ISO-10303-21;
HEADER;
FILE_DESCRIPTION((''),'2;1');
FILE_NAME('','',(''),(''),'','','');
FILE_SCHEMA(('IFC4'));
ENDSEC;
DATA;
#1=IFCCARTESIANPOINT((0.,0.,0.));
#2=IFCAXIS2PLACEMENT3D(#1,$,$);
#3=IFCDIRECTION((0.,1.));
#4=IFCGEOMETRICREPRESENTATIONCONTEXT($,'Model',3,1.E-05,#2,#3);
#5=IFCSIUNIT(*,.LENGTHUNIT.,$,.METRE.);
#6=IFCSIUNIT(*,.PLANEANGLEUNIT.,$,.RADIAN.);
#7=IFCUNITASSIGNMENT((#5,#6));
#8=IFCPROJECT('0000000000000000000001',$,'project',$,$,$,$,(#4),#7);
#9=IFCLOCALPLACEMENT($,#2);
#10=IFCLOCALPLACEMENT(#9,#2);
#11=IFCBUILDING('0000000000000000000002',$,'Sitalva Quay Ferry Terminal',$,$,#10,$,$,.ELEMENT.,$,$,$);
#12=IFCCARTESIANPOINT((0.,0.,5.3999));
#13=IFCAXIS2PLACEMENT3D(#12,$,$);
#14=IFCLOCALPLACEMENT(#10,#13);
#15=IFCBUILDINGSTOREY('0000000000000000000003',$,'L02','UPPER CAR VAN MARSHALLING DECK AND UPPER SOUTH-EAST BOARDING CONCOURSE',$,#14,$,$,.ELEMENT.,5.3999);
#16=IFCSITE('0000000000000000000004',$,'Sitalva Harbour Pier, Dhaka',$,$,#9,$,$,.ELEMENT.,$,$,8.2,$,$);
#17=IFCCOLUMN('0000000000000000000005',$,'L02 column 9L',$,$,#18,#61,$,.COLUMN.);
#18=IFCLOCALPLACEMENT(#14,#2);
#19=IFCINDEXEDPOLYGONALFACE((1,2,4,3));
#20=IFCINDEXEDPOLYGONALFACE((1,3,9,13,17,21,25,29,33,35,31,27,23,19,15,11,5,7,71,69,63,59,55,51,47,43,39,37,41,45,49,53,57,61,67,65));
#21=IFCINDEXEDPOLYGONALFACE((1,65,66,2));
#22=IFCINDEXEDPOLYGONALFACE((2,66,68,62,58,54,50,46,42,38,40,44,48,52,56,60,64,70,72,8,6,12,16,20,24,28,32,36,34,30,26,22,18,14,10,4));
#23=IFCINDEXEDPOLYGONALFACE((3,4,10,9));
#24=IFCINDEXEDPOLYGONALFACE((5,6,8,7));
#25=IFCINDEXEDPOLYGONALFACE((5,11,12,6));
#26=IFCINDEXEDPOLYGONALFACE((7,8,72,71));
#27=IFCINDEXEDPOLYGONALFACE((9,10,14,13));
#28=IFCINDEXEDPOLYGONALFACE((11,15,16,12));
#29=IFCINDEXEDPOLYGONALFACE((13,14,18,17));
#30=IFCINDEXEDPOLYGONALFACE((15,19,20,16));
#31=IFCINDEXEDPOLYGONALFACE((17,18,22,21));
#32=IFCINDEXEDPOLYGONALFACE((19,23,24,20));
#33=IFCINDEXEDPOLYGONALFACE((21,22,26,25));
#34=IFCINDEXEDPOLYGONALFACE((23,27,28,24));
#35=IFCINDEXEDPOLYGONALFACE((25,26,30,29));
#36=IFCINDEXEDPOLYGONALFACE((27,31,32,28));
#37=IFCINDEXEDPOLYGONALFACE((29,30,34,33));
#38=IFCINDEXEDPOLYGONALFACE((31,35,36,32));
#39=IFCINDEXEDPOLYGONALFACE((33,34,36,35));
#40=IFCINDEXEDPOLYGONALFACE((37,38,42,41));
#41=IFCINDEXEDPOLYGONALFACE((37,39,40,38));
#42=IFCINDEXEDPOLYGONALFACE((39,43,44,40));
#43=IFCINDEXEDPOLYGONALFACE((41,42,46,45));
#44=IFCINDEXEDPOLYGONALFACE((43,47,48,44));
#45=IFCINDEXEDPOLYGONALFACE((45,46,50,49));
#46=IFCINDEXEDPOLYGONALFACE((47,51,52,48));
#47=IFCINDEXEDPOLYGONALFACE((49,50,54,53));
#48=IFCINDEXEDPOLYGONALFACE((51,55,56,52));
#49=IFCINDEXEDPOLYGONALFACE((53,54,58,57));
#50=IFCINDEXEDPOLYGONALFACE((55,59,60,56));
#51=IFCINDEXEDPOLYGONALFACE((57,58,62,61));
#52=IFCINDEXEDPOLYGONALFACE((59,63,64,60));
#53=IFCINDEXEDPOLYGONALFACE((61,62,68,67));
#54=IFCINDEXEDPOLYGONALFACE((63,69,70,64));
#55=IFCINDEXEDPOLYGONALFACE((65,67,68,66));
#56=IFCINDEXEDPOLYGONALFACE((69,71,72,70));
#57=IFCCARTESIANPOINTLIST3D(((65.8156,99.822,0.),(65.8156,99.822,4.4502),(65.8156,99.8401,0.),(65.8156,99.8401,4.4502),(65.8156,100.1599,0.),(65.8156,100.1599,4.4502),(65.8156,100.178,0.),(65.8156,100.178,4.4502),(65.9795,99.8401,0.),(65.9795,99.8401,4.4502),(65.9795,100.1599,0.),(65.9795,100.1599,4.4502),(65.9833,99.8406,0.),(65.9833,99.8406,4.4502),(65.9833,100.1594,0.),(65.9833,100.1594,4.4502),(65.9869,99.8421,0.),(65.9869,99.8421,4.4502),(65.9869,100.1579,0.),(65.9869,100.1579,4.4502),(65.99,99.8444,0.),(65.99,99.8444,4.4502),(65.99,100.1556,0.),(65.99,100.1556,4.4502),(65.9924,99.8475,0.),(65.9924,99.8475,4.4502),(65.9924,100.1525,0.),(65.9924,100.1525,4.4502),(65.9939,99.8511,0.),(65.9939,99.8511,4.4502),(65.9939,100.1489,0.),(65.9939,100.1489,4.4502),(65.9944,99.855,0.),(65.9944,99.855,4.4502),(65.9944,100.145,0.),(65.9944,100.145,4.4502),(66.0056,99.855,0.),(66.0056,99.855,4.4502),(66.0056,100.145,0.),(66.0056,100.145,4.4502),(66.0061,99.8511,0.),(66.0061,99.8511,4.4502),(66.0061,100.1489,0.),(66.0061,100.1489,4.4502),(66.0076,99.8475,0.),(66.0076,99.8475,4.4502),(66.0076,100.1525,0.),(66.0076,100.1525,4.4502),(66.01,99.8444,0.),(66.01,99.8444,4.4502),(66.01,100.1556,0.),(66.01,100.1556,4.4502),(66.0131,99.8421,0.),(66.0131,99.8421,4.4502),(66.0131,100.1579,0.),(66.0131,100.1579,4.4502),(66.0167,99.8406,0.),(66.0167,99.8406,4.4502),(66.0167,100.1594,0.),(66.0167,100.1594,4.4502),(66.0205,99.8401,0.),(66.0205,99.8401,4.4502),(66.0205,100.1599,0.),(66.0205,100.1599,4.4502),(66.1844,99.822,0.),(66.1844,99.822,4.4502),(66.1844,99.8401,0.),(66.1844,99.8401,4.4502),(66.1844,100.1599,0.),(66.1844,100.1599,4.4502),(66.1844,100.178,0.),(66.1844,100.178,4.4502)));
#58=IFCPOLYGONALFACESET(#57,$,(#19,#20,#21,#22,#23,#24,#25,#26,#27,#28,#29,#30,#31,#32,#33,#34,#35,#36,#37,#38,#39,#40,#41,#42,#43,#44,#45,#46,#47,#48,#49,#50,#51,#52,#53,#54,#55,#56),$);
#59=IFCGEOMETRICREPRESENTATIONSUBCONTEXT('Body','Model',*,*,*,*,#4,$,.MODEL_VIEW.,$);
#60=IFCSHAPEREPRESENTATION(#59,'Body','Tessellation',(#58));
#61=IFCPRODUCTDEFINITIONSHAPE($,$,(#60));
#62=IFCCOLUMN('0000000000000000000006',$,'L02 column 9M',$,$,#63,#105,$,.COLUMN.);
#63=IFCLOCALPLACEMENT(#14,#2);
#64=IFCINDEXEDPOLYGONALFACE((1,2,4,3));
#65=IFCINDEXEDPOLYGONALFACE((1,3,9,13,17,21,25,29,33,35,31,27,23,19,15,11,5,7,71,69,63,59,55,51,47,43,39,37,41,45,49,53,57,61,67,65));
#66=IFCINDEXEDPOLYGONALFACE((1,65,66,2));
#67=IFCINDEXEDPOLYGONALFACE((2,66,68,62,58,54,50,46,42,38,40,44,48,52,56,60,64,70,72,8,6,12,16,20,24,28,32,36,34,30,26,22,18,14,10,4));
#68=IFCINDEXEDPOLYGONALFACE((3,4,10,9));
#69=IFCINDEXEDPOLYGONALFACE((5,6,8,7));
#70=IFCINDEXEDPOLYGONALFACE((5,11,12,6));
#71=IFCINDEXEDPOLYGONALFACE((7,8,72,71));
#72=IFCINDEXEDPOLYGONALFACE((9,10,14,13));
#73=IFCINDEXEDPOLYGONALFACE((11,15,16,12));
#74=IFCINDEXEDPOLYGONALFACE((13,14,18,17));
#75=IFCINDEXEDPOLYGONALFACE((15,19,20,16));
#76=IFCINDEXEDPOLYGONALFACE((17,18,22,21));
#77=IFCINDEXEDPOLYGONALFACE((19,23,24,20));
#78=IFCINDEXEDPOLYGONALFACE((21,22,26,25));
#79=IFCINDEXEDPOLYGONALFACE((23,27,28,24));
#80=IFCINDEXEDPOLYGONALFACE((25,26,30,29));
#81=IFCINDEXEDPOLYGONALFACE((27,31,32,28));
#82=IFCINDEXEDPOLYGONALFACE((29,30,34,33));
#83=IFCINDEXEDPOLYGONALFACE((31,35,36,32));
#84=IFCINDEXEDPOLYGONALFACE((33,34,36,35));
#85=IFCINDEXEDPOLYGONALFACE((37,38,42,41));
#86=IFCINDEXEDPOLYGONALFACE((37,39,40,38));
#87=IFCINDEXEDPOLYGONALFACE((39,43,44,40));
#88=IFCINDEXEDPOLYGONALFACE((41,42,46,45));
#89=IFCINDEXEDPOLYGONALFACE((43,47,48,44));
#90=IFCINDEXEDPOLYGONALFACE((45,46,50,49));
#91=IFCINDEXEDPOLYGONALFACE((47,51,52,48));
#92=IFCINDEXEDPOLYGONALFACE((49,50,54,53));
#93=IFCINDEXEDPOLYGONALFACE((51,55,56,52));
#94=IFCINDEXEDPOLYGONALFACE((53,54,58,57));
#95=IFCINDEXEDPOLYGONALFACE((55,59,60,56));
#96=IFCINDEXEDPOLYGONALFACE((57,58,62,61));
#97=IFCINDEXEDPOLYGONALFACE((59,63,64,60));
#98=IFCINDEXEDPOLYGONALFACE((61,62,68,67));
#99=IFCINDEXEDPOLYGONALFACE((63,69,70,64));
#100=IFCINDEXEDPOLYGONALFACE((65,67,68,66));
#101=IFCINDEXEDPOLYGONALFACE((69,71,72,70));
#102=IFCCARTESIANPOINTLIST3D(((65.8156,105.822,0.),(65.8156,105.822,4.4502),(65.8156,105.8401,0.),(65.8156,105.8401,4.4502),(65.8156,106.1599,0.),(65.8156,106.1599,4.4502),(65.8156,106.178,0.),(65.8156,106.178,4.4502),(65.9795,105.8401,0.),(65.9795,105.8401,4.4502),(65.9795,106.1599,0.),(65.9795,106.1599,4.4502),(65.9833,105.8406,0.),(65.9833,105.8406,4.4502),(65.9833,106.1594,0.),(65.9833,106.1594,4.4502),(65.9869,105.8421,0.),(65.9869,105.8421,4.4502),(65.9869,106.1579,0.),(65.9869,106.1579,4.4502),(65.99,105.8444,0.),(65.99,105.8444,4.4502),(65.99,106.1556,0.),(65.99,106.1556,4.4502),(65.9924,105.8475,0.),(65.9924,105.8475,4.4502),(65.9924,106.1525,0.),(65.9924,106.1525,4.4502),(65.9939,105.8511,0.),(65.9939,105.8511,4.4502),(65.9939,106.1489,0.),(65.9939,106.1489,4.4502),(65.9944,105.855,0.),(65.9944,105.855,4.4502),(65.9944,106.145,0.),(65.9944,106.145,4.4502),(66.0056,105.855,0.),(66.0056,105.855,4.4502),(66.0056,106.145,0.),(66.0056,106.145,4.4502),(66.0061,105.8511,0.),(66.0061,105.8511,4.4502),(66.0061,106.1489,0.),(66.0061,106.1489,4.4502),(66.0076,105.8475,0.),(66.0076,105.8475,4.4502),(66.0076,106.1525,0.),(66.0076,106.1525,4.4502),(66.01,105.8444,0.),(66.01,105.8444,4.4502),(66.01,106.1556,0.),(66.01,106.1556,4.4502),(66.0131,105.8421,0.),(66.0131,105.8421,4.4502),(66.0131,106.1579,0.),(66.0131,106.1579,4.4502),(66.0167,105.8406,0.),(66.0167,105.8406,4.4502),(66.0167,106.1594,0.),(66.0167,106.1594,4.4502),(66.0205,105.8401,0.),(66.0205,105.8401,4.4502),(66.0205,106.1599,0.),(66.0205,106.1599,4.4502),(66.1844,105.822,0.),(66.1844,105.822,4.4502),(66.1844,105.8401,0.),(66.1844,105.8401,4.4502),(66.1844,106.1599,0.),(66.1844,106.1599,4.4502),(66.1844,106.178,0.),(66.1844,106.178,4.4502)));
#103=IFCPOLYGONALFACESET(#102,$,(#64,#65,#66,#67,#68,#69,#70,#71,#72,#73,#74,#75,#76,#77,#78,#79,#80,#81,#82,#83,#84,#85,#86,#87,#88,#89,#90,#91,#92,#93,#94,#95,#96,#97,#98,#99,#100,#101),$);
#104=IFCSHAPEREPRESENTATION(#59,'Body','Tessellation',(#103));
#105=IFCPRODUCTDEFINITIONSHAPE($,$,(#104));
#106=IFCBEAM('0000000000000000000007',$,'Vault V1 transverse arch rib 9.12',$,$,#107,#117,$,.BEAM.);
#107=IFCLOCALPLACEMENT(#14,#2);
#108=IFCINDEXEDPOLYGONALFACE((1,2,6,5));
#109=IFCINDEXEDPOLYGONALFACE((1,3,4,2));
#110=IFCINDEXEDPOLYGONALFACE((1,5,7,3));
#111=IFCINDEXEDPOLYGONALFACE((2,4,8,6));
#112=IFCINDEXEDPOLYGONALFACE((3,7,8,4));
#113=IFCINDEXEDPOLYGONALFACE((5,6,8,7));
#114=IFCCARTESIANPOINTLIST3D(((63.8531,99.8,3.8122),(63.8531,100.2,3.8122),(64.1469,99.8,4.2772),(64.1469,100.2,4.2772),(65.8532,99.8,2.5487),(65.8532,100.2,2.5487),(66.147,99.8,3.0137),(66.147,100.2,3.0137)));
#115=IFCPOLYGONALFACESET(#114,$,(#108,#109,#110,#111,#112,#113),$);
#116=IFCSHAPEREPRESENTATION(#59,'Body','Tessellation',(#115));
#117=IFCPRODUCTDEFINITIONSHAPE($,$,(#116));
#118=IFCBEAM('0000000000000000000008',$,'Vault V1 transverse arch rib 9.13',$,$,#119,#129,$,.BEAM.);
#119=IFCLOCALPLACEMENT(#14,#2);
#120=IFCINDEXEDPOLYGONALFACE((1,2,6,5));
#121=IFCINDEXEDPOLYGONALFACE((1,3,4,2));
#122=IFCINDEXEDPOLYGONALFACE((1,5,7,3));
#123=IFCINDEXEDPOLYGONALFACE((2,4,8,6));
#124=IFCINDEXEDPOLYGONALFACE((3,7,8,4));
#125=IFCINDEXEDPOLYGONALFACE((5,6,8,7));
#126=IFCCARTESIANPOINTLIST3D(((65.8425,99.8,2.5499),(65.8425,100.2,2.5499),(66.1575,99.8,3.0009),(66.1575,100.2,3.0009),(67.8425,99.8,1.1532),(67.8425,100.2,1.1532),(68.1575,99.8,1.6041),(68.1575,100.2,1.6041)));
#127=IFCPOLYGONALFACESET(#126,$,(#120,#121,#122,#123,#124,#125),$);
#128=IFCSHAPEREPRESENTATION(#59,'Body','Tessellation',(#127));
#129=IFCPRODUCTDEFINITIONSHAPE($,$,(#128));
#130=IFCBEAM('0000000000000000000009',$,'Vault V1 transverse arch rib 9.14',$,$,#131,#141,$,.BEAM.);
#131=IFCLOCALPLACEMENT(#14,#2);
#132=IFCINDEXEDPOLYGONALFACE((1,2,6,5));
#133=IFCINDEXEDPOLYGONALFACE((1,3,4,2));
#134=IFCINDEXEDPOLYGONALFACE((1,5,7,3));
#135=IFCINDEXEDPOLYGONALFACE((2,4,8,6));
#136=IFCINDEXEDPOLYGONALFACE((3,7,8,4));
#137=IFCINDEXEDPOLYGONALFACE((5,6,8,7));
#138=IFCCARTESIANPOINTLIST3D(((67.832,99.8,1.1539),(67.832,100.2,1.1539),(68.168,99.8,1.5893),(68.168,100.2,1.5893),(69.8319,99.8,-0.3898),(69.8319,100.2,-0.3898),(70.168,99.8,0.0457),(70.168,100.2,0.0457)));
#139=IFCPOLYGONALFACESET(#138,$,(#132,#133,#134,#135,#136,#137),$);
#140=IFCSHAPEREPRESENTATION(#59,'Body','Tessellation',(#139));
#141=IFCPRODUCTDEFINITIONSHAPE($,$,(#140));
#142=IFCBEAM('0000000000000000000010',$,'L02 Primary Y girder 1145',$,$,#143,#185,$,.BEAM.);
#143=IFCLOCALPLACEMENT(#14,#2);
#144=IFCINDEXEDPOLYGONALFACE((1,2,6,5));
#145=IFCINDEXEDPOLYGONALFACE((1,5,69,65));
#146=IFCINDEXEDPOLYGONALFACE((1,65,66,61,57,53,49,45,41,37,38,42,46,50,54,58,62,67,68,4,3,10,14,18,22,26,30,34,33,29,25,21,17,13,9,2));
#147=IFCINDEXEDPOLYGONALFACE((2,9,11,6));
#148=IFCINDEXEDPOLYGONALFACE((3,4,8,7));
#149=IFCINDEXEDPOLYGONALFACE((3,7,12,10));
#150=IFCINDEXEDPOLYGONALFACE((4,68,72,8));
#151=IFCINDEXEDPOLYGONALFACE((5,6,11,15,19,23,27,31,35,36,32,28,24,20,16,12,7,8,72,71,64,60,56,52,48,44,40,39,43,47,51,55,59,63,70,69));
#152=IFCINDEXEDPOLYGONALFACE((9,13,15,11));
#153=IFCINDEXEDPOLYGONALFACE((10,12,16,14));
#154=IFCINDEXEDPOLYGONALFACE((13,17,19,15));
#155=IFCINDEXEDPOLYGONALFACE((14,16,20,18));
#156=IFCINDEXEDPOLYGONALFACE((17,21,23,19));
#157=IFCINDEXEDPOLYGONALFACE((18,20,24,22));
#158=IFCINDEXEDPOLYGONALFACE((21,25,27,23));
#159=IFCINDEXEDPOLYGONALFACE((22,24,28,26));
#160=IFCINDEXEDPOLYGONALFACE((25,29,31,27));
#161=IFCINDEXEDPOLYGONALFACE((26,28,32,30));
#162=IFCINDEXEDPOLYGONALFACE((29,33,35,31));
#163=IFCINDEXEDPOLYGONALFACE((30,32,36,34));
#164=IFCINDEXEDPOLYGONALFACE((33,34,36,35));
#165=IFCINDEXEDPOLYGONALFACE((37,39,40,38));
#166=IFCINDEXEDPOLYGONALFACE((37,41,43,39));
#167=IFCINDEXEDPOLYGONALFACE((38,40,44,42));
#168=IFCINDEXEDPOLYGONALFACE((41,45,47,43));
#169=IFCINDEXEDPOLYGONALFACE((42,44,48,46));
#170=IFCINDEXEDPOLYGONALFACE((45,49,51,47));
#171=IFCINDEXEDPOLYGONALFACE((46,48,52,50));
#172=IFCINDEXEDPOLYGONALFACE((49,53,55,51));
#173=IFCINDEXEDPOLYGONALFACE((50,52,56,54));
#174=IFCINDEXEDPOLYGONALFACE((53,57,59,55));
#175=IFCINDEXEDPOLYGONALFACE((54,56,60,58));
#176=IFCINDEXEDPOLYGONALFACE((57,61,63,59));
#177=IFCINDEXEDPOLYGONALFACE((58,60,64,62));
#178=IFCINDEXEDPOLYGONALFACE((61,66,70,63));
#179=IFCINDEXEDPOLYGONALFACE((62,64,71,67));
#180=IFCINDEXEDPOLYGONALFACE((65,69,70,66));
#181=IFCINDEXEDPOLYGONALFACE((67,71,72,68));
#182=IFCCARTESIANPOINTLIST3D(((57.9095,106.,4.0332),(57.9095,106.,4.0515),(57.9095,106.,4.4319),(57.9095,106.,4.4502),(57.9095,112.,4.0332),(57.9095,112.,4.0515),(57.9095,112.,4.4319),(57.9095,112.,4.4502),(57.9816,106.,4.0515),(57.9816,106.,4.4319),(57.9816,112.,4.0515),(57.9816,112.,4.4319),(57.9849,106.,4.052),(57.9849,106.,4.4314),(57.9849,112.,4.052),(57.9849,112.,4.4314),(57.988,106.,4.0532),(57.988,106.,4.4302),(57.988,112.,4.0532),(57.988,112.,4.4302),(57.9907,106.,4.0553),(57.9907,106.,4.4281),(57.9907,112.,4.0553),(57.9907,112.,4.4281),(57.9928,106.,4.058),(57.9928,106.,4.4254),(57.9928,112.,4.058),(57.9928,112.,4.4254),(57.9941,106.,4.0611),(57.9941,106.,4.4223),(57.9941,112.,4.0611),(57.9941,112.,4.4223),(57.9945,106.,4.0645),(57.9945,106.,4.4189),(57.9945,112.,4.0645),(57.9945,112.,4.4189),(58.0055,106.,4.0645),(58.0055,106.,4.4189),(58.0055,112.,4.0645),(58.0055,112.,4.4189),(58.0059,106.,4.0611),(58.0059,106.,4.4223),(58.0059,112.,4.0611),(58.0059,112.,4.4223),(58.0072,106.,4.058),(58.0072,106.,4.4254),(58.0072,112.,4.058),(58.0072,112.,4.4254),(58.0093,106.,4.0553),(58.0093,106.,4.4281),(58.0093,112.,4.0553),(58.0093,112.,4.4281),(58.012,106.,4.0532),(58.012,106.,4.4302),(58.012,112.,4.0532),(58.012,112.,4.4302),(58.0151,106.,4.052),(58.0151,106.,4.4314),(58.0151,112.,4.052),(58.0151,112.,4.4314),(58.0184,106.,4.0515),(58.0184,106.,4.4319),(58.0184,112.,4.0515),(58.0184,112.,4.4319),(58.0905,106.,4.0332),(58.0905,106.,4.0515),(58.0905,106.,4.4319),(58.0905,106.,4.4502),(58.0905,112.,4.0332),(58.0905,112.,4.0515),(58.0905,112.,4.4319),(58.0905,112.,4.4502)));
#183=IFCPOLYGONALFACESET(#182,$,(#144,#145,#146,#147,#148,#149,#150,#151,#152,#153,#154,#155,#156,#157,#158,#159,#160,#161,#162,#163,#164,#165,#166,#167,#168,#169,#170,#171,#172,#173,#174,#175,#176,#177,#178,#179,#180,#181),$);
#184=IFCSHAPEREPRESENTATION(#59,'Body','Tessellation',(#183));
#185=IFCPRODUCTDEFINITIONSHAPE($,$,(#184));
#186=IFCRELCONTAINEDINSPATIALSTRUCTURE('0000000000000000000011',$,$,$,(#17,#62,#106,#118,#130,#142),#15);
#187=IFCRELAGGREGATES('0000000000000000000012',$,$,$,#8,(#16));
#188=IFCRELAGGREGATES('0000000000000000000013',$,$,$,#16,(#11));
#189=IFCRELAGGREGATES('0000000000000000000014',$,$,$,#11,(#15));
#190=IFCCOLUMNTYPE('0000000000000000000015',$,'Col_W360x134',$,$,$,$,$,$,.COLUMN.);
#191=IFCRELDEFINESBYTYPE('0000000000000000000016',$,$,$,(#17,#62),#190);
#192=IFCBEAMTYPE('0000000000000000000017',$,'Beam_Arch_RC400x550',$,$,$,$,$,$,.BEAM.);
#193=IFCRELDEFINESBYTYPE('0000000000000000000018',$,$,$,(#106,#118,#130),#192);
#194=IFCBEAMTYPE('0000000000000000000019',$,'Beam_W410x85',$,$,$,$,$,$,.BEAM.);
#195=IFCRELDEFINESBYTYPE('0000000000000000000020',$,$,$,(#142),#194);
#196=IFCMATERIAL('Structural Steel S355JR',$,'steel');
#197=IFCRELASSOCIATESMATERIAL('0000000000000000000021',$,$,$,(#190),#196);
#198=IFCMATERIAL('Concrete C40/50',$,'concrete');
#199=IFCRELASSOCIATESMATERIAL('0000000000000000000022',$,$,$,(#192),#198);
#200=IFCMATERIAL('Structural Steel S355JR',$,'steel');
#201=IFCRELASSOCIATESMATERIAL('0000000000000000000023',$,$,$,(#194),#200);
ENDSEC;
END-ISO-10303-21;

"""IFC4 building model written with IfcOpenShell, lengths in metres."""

from ifc_helpers import new_model, si_unit, direction, frame, origin, origin_2d, place, context, subcontext, project, spatial, rectangle, i_section, extrude, material, material_profile, profile_set, type_object, element, save


model = new_model("IFC4")

# Units and contexts
model_context = context("Model", 3, precision=1e-05, world=origin(), true_north=direction((0.0, 1.0)))
body_context = subcontext(model_context, "Body", "Model", "MODEL_VIEW")
ifc_project = project(units=[si_unit("LENGTHUNIT", "METRE"), si_unit("PLANEANGLEUNIT", "RADIAN")], contexts=[model_context])

# Site, building, storey
site_placement = place(None, origin())
site = spatial("IfcSite", under=ifc_project, at=site_placement, Name="Sitalva Harbour Pier, Dhaka", CompositionType="ELEMENT", RefElevation=8.2)
building_placement = place(site_placement, origin())
building = spatial("IfcBuilding", under=site, at=building_placement, Name="Sitalva Quay Ferry Terminal", CompositionType="ELEMENT")
storey_placement = place(building_placement, frame((0.0, 0.0, 5.3999)))
storey = spatial("IfcBuildingStorey", under=building, at=storey_placement, Name="L02", Description="UPPER CAR VAN MARSHALLING DECK AND UPPER SOUTH-EAST BOARDING CONCOURSE", CompositionType="ELEMENT", Elevation=5.3999)

# Columns
ifc_material_1 = material(Name="Structural Steel S355JR", Category="steel")
ifc_material_profile_1 = material_profile(ifc_material_1, i_section(OverallWidth=0.3689, OverallDepth=0.356, WebThickness=0.0112, FlangeThickness=0.0181, FilletRadius=0.0149, at=origin_2d()), Name="W360x134")
ifc_profile_set_1 = profile_set([ifc_material_profile_1], Name="Structural Steel S355JR")
column_type = type_object("IfcColumnType", Name="Col_W360x134", PredefinedType="COLUMN", material=ifc_profile_set_1)
for number, where, z_axis, x_axis, name in (
    (1, (66.0, 100.0, 0.0), (0.0, 0.0, 1.0), (1.0, 0.0, 0.0), "L02 column 9L"),
    (2, (66.0, 106.0, 0.0), (0.0, 0.0, 1.0), (1.0, 0.0, 0.0), "L02 column 9M"),
):
    element("IfcColumn", number, at=place(storey_placement, frame(where, z_axis=z_axis, x_axis=x_axis)), inside=storey, type_object=column_type, Name=name, PredefinedType="COLUMN", context=body_context, shape_type="SweptSolid", body=[
        extrude(i_section(OverallWidth=0.3689, OverallDepth=0.356, WebThickness=0.0112, FlangeThickness=0.0181, FilletRadius=0.0149, at=origin_2d()), origin(), (0.0, 0.0, 1.0), 4.4502),
    ])

# Beams
ifc_material_2 = material(Name="Concrete C40/50", Category="concrete")
ifc_material_profile_2 = material_profile(ifc_material_2, rectangle(XDim=0.3999, YDim=0.55, at=origin_2d()), Name="RC400x550")
ifc_profile_set_2 = profile_set([ifc_material_profile_2], Name="Concrete C40/50")
beam_type_1 = type_object("IfcBeamType", Name="Beam_Arch_RC400x550", PredefinedType="BEAM", material=ifc_profile_set_2)
beam_1_placement = place(storey_placement, frame((64.0, 100.0, 4.0447), z_axis=(0.845437, 0.0, -0.534075), x_axis=(0.0, 1.0, 0.0)))
element("IfcBeam", 3, at=beam_1_placement, inside=storey, type_object=beam_type_1, Name="Vault V1 transverse arch rib 9.12", PredefinedType="BEAM", context=body_context, shape_type="SweptSolid", body=[
    extrude(rectangle(XDim=0.3999, YDim=0.55, at=origin_2d()), origin(), (0.0, 0.0, 1.0), 2.3657),
])
beam_2_placement = place(storey_placement, frame((66.0, 100.0, 2.7754), z_axis=(0.819861, 0.0, -0.572562), x_axis=(0.0, 1.0, 0.0)))
element("IfcBeam", 4, at=beam_2_placement, inside=storey, type_object=beam_type_1, Name="Vault V1 transverse arch rib 9.13", PredefinedType="BEAM", context=body_context, shape_type="SweptSolid", body=[
    extrude(rectangle(XDim=0.3999, YDim=0.55, at=origin_2d()), origin(), (0.0, 0.0, 1.0), 2.4395),
])
beam_3_placement = place(storey_placement, frame((68.0, 100.0, 1.3716), z_axis=(0.791621, 0.0, -0.611013), x_axis=(0.0, 1.0, 0.0)))
element("IfcBeam", 5, at=beam_3_placement, inside=storey, type_object=beam_type_1, Name="Vault V1 transverse arch rib 9.14", PredefinedType="BEAM", context=body_context, shape_type="SweptSolid", body=[
    extrude(rectangle(XDim=0.3999, YDim=0.55, at=origin_2d()), origin(), (0.0, 0.0, 1.0), 2.5264),
])
ifc_material_3 = material(Name="Structural Steel S355JR", Category="steel")
ifc_material_profile_3 = material_profile(ifc_material_3, i_section(OverallWidth=0.1809, OverallDepth=0.417, WebThickness=0.011, FlangeThickness=0.0183, FilletRadius=0.0129, at=origin_2d()), Name="W410x85")
ifc_profile_set_3 = profile_set([ifc_material_profile_3], Name="Structural Steel S355JR")
beam_type_2 = type_object("IfcBeamType", Name="Beam_W410x85", PredefinedType="BEAM", material=ifc_profile_set_3)
for number, where, z_axis, x_axis, name in (
    (6, (58.0, 106.0, 4.2417), (0.0, 1.0, 0.0), (-1.0, 0.0, 0.0), "L02 Primary Y girder 1145"),
):
    element("IfcBeam", number, at=place(storey_placement, frame(where, z_axis=z_axis, x_axis=x_axis)), inside=storey, type_object=beam_type_2, Name=name, PredefinedType="BEAM", context=body_context, shape_type="SweptSolid", body=[
        extrude(i_section(OverallWidth=0.1809, OverallDepth=0.417, WebThickness=0.011, FlangeThickness=0.0183, FilletRadius=0.0129, at=origin_2d()), origin(), (0.0, 0.0, 1.0), 6.0),
    ])

save(model, "model.ifc")
